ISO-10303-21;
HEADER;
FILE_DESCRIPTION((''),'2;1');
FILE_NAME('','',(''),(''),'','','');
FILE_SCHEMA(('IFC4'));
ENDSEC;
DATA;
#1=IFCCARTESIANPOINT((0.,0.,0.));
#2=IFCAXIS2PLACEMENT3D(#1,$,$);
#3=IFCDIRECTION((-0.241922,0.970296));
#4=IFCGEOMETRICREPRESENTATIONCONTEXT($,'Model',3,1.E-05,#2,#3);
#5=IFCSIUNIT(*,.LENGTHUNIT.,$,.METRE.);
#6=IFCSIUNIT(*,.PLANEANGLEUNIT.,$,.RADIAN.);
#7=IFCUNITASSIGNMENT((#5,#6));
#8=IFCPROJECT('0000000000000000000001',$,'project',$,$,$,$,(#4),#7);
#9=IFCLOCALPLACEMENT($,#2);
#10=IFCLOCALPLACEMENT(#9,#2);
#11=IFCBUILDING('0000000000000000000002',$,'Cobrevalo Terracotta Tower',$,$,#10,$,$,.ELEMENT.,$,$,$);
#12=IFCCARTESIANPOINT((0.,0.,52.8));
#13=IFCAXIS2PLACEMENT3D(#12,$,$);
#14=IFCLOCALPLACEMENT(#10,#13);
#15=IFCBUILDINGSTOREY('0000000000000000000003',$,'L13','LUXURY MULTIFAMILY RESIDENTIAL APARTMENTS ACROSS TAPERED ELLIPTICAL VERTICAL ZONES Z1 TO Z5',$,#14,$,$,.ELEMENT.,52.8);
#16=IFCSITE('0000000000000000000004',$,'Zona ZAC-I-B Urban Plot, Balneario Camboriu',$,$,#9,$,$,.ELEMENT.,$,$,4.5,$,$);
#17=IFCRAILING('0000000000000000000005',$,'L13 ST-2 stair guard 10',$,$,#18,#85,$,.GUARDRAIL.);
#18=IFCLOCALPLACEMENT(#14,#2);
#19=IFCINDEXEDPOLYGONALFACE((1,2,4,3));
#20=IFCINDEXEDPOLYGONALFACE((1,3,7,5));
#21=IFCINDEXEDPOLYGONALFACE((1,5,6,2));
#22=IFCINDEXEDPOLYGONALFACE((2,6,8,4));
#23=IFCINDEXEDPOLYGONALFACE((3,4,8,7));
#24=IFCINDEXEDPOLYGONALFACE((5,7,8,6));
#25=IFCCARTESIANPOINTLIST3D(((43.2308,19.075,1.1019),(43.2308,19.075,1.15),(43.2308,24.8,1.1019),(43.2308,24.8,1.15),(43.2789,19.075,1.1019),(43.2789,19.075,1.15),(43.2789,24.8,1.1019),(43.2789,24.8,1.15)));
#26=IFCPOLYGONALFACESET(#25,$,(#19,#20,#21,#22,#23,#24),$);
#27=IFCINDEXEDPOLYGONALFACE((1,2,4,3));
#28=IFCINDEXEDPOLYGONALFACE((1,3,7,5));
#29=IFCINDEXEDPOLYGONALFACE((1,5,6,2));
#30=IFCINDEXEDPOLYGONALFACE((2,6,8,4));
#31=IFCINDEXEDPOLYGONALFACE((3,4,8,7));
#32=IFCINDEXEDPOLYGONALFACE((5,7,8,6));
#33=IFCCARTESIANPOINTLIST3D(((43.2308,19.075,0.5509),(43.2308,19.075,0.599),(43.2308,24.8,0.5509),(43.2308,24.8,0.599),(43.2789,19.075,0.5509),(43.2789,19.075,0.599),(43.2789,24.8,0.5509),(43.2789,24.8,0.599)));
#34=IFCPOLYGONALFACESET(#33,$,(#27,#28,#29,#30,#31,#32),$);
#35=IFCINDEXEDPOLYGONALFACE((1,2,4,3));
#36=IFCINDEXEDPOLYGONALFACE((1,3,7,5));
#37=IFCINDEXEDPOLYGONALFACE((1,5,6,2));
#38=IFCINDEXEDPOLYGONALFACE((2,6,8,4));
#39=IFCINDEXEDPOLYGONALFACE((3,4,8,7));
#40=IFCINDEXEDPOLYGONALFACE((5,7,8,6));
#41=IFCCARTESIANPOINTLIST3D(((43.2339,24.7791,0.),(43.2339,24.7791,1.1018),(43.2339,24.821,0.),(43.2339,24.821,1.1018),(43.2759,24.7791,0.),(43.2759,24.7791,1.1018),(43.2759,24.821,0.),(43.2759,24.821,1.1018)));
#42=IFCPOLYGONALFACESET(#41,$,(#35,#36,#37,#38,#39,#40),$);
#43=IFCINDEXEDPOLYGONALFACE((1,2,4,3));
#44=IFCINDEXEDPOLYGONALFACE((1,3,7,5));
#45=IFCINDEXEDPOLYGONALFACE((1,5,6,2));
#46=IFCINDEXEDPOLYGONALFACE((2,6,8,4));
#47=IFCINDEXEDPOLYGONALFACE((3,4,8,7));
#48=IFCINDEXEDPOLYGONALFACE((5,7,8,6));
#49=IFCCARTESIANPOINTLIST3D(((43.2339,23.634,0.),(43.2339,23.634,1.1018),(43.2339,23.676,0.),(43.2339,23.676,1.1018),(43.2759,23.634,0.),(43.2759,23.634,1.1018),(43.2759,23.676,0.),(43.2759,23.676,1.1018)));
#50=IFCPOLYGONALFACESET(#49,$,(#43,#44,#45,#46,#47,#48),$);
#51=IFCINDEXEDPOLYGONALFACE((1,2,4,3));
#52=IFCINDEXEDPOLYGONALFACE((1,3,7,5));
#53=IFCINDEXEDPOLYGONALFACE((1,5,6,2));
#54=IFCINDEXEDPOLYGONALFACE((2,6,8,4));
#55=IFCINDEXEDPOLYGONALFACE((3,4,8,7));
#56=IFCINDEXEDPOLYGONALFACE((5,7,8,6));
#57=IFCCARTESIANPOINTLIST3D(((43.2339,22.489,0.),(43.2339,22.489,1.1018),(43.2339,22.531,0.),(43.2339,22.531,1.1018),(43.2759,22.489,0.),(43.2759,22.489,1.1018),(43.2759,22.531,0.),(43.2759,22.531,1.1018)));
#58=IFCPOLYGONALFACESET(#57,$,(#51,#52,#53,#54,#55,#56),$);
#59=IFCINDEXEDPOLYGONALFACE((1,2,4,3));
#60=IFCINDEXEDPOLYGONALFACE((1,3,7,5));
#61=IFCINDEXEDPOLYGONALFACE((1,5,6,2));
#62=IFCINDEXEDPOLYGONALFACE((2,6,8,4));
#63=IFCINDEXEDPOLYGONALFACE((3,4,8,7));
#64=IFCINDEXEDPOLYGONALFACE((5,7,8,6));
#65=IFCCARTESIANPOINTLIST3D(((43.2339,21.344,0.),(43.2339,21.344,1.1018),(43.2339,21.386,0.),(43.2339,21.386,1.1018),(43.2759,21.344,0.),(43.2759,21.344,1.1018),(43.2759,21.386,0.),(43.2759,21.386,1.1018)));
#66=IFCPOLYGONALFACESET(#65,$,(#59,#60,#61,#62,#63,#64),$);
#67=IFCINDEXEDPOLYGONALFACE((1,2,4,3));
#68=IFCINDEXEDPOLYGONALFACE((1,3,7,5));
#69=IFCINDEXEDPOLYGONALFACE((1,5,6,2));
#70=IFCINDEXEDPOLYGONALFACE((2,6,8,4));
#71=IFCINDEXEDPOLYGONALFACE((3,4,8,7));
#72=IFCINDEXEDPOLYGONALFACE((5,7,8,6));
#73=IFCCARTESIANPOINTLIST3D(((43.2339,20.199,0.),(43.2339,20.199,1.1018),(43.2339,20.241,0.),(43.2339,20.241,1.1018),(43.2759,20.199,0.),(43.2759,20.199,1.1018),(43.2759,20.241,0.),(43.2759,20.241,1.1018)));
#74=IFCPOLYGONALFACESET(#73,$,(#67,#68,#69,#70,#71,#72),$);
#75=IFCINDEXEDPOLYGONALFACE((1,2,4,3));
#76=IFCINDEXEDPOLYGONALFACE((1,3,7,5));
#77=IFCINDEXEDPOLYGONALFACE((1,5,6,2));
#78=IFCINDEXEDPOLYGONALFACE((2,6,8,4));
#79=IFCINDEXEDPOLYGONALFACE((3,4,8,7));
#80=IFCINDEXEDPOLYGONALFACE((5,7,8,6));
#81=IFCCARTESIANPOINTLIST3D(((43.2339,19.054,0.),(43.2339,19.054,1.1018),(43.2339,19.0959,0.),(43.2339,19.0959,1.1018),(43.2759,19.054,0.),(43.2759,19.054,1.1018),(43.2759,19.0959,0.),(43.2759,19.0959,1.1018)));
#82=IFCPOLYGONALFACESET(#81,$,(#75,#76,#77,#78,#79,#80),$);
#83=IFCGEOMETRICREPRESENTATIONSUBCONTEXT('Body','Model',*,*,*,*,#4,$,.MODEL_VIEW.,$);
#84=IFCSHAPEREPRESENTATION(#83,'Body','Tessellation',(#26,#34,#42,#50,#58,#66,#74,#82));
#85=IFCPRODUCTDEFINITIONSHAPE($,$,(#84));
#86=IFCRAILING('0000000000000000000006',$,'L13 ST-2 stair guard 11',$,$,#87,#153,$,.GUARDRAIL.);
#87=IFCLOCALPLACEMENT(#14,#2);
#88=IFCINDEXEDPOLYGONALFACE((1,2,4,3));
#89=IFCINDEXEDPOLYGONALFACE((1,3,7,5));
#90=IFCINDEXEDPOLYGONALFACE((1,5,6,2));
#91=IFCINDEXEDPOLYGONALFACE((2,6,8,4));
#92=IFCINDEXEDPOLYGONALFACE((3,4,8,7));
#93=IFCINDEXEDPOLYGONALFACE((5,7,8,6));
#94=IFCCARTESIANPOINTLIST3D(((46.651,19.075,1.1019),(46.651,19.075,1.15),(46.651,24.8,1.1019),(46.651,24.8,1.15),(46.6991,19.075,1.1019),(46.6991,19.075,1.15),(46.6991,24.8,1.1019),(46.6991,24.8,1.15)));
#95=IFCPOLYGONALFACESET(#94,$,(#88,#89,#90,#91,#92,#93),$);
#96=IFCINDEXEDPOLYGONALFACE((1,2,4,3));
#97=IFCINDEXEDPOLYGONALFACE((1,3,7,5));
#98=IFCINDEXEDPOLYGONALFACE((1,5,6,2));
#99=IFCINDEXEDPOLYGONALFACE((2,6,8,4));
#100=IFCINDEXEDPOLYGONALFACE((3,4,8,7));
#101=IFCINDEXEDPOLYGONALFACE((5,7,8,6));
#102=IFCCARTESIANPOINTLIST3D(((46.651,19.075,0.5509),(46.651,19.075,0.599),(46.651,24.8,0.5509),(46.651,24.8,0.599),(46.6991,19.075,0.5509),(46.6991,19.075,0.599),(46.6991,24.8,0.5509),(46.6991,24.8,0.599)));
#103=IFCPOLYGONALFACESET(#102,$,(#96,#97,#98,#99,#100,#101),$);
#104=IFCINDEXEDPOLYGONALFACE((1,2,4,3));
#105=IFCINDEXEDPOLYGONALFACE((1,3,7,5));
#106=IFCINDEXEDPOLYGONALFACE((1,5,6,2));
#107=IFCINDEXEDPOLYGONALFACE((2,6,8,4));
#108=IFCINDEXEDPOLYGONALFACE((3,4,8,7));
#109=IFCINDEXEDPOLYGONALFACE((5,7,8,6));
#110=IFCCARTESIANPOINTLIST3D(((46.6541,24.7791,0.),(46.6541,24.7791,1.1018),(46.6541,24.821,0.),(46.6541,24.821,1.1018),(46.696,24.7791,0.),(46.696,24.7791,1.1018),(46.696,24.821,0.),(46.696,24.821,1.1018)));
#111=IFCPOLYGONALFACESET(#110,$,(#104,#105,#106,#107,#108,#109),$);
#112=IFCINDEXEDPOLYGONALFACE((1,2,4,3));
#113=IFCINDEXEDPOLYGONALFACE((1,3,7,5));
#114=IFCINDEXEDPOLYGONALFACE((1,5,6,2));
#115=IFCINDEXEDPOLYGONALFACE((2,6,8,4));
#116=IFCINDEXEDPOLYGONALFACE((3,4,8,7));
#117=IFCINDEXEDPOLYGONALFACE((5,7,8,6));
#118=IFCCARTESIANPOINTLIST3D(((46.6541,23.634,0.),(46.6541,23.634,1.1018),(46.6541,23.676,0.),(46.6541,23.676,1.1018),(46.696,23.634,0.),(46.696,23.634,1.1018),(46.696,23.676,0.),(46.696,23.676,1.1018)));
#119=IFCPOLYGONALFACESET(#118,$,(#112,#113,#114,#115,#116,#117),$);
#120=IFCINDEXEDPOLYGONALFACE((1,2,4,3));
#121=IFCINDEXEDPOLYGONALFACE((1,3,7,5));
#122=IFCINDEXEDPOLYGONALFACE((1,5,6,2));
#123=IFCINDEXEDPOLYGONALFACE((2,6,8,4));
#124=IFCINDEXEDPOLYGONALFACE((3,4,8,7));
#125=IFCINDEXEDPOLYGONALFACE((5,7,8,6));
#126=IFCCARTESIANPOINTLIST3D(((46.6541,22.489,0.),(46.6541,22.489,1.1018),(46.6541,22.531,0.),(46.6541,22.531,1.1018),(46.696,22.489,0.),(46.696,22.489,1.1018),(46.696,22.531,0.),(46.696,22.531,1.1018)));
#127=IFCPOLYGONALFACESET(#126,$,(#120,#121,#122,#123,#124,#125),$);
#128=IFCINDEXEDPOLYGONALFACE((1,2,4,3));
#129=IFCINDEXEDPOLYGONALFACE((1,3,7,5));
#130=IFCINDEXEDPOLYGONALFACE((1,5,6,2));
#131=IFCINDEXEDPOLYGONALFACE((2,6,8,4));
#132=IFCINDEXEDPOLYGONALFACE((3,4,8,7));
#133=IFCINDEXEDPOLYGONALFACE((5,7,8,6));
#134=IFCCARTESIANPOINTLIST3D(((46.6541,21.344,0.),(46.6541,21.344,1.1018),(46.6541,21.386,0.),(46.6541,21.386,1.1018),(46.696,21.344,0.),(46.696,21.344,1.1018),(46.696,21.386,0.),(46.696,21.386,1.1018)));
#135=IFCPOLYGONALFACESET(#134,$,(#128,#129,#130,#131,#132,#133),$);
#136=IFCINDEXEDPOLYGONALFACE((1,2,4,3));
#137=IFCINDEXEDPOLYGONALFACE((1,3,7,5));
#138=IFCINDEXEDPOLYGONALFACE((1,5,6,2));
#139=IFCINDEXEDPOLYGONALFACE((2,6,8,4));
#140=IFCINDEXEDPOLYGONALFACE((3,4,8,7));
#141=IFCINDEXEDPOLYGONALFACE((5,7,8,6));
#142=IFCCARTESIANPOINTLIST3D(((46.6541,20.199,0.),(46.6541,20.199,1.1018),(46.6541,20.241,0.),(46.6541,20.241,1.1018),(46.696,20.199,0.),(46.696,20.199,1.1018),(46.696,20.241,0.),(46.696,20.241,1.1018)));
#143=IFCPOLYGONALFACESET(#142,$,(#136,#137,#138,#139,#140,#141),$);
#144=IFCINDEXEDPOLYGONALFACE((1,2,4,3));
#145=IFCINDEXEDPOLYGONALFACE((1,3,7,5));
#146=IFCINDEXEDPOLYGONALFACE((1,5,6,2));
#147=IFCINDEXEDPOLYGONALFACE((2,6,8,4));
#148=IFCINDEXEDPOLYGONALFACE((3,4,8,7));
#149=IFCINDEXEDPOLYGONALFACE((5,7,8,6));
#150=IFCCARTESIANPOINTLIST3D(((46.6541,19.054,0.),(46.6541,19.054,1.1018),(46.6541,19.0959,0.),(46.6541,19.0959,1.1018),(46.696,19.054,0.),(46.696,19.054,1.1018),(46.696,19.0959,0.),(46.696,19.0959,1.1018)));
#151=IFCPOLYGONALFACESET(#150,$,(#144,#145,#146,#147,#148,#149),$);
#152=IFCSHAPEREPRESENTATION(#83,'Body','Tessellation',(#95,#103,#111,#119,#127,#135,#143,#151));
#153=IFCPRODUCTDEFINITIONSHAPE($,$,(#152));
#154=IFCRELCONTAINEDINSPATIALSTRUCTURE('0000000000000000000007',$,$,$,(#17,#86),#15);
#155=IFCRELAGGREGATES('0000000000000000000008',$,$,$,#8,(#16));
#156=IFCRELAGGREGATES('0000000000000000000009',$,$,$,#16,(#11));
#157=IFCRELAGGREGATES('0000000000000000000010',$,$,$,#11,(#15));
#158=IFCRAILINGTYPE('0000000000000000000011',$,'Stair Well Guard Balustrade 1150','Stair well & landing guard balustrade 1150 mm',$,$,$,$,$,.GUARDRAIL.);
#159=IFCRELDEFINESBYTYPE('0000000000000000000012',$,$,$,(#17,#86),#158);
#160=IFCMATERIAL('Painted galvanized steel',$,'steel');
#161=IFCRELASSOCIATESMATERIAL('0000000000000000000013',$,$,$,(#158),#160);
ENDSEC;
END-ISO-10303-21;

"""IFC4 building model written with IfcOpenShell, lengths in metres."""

from ifc_helpers import new_model, si_unit, direction, frame, origin, origin_2d, place, context, subcontext, project, spatial, rectangle, extrude, material, type_object, element, save


model = new_model("IFC4")

# Units and contexts
model_context = context("Model", 3, precision=1e-05, world=origin(), true_north=direction((-0.241922, 0.970296)))
body_context = subcontext(model_context, "Body", "Model", "MODEL_VIEW")
ifc_project = project(units=[si_unit("LENGTHUNIT", "METRE"), si_unit("PLANEANGLEUNIT", "RADIAN")], contexts=[model_context])

# Site, building, storey
site_placement = place(None, origin())
site = spatial("IfcSite", under=ifc_project, at=site_placement, Name="Zona ZAC-I-B Urban Plot, Balneario Camboriu", CompositionType="ELEMENT", RefElevation=4.5)
building_placement = place(site_placement, origin())
building = spatial("IfcBuilding", under=site, at=building_placement, Name="Cobrevalo Terracotta Tower", CompositionType="ELEMENT")
storey_placement = place(building_placement, frame((0.0, 0.0, 52.8)))
storey = spatial("IfcBuildingStorey", under=building, at=storey_placement, Name="L13", Description="LUXURY MULTIFAMILY RESIDENTIAL APARTMENTS ACROSS TAPERED ELLIPTICAL VERTICAL ZONES Z1 TO Z5", CompositionType="ELEMENT", Elevation=52.8)

# Railings
ifc_material_1 = material(Name="Painted galvanized steel", Category="steel")
railing_type_1 = type_object("IfcRailingType", Name="Stair Well Guard Balustrade 1150", Description="Stair well & landing guard balustrade 1150 mm", PredefinedType="GUARDRAIL", material=ifc_material_1)
for number, where, name in (
    (1, (43.2549, 24.8, 0.0), "L13 ST-2 stair guard 10"),
    (2, (46.675, 24.8, 0.0), "L13 ST-2 stair guard 11"),
):
    element("IfcRailing", number, at=place(storey_placement, frame(where)), inside=storey, type_object=railing_type_1, Name=name, PredefinedType="GUARDRAIL", context=body_context, shape_type="SweptSolid", body=[
        extrude(rectangle(XDim=0.0481, YDim=0.0481, at=origin_2d()), frame((0.0, 0.0, 1.126), z_axis=(0.0, -1.0, 0.0), x_axis=(1.0, 0.0, 0.0)), (0.0, 0.0, 1.0), 5.7251),
        extrude(rectangle(XDim=0.0481, YDim=0.0481, at=origin_2d()), frame((0.0, 0.0, 0.575), z_axis=(0.0, -1.0, 0.0), x_axis=(1.0, 0.0, 0.0)), (0.0, 0.0, 1.0), 5.7251),
        extrude(rectangle(XDim=0.042, YDim=0.042, at=origin_2d()), origin(), (0.0, 0.0, 1.0), 1.1018),
        extrude(rectangle(XDim=0.042, YDim=0.042, at=origin_2d()), frame((0.0, -1.145, 0.0)), (0.0, 0.0, 1.0), 1.1018),
        extrude(rectangle(XDim=0.042, YDim=0.042, at=origin_2d()), frame((0.0, -2.29, 0.0)), (0.0, 0.0, 1.0), 1.1018),
        extrude(rectangle(XDim=0.042, YDim=0.042, at=origin_2d()), frame((0.0, -3.4351, 0.0)), (0.0, 0.0, 1.0), 1.1018),
        extrude(rectangle(XDim=0.042, YDim=0.042, at=origin_2d()), frame((0.0, -4.5801, 0.0)), (0.0, 0.0, 1.0), 1.1018),
        extrude(rectangle(XDim=0.042, YDim=0.042, at=origin_2d()), frame((0.0, -5.7251, 0.0)), (0.0, 0.0, 1.0), 1.1018),
    ])

save(model, "model.ifc")
